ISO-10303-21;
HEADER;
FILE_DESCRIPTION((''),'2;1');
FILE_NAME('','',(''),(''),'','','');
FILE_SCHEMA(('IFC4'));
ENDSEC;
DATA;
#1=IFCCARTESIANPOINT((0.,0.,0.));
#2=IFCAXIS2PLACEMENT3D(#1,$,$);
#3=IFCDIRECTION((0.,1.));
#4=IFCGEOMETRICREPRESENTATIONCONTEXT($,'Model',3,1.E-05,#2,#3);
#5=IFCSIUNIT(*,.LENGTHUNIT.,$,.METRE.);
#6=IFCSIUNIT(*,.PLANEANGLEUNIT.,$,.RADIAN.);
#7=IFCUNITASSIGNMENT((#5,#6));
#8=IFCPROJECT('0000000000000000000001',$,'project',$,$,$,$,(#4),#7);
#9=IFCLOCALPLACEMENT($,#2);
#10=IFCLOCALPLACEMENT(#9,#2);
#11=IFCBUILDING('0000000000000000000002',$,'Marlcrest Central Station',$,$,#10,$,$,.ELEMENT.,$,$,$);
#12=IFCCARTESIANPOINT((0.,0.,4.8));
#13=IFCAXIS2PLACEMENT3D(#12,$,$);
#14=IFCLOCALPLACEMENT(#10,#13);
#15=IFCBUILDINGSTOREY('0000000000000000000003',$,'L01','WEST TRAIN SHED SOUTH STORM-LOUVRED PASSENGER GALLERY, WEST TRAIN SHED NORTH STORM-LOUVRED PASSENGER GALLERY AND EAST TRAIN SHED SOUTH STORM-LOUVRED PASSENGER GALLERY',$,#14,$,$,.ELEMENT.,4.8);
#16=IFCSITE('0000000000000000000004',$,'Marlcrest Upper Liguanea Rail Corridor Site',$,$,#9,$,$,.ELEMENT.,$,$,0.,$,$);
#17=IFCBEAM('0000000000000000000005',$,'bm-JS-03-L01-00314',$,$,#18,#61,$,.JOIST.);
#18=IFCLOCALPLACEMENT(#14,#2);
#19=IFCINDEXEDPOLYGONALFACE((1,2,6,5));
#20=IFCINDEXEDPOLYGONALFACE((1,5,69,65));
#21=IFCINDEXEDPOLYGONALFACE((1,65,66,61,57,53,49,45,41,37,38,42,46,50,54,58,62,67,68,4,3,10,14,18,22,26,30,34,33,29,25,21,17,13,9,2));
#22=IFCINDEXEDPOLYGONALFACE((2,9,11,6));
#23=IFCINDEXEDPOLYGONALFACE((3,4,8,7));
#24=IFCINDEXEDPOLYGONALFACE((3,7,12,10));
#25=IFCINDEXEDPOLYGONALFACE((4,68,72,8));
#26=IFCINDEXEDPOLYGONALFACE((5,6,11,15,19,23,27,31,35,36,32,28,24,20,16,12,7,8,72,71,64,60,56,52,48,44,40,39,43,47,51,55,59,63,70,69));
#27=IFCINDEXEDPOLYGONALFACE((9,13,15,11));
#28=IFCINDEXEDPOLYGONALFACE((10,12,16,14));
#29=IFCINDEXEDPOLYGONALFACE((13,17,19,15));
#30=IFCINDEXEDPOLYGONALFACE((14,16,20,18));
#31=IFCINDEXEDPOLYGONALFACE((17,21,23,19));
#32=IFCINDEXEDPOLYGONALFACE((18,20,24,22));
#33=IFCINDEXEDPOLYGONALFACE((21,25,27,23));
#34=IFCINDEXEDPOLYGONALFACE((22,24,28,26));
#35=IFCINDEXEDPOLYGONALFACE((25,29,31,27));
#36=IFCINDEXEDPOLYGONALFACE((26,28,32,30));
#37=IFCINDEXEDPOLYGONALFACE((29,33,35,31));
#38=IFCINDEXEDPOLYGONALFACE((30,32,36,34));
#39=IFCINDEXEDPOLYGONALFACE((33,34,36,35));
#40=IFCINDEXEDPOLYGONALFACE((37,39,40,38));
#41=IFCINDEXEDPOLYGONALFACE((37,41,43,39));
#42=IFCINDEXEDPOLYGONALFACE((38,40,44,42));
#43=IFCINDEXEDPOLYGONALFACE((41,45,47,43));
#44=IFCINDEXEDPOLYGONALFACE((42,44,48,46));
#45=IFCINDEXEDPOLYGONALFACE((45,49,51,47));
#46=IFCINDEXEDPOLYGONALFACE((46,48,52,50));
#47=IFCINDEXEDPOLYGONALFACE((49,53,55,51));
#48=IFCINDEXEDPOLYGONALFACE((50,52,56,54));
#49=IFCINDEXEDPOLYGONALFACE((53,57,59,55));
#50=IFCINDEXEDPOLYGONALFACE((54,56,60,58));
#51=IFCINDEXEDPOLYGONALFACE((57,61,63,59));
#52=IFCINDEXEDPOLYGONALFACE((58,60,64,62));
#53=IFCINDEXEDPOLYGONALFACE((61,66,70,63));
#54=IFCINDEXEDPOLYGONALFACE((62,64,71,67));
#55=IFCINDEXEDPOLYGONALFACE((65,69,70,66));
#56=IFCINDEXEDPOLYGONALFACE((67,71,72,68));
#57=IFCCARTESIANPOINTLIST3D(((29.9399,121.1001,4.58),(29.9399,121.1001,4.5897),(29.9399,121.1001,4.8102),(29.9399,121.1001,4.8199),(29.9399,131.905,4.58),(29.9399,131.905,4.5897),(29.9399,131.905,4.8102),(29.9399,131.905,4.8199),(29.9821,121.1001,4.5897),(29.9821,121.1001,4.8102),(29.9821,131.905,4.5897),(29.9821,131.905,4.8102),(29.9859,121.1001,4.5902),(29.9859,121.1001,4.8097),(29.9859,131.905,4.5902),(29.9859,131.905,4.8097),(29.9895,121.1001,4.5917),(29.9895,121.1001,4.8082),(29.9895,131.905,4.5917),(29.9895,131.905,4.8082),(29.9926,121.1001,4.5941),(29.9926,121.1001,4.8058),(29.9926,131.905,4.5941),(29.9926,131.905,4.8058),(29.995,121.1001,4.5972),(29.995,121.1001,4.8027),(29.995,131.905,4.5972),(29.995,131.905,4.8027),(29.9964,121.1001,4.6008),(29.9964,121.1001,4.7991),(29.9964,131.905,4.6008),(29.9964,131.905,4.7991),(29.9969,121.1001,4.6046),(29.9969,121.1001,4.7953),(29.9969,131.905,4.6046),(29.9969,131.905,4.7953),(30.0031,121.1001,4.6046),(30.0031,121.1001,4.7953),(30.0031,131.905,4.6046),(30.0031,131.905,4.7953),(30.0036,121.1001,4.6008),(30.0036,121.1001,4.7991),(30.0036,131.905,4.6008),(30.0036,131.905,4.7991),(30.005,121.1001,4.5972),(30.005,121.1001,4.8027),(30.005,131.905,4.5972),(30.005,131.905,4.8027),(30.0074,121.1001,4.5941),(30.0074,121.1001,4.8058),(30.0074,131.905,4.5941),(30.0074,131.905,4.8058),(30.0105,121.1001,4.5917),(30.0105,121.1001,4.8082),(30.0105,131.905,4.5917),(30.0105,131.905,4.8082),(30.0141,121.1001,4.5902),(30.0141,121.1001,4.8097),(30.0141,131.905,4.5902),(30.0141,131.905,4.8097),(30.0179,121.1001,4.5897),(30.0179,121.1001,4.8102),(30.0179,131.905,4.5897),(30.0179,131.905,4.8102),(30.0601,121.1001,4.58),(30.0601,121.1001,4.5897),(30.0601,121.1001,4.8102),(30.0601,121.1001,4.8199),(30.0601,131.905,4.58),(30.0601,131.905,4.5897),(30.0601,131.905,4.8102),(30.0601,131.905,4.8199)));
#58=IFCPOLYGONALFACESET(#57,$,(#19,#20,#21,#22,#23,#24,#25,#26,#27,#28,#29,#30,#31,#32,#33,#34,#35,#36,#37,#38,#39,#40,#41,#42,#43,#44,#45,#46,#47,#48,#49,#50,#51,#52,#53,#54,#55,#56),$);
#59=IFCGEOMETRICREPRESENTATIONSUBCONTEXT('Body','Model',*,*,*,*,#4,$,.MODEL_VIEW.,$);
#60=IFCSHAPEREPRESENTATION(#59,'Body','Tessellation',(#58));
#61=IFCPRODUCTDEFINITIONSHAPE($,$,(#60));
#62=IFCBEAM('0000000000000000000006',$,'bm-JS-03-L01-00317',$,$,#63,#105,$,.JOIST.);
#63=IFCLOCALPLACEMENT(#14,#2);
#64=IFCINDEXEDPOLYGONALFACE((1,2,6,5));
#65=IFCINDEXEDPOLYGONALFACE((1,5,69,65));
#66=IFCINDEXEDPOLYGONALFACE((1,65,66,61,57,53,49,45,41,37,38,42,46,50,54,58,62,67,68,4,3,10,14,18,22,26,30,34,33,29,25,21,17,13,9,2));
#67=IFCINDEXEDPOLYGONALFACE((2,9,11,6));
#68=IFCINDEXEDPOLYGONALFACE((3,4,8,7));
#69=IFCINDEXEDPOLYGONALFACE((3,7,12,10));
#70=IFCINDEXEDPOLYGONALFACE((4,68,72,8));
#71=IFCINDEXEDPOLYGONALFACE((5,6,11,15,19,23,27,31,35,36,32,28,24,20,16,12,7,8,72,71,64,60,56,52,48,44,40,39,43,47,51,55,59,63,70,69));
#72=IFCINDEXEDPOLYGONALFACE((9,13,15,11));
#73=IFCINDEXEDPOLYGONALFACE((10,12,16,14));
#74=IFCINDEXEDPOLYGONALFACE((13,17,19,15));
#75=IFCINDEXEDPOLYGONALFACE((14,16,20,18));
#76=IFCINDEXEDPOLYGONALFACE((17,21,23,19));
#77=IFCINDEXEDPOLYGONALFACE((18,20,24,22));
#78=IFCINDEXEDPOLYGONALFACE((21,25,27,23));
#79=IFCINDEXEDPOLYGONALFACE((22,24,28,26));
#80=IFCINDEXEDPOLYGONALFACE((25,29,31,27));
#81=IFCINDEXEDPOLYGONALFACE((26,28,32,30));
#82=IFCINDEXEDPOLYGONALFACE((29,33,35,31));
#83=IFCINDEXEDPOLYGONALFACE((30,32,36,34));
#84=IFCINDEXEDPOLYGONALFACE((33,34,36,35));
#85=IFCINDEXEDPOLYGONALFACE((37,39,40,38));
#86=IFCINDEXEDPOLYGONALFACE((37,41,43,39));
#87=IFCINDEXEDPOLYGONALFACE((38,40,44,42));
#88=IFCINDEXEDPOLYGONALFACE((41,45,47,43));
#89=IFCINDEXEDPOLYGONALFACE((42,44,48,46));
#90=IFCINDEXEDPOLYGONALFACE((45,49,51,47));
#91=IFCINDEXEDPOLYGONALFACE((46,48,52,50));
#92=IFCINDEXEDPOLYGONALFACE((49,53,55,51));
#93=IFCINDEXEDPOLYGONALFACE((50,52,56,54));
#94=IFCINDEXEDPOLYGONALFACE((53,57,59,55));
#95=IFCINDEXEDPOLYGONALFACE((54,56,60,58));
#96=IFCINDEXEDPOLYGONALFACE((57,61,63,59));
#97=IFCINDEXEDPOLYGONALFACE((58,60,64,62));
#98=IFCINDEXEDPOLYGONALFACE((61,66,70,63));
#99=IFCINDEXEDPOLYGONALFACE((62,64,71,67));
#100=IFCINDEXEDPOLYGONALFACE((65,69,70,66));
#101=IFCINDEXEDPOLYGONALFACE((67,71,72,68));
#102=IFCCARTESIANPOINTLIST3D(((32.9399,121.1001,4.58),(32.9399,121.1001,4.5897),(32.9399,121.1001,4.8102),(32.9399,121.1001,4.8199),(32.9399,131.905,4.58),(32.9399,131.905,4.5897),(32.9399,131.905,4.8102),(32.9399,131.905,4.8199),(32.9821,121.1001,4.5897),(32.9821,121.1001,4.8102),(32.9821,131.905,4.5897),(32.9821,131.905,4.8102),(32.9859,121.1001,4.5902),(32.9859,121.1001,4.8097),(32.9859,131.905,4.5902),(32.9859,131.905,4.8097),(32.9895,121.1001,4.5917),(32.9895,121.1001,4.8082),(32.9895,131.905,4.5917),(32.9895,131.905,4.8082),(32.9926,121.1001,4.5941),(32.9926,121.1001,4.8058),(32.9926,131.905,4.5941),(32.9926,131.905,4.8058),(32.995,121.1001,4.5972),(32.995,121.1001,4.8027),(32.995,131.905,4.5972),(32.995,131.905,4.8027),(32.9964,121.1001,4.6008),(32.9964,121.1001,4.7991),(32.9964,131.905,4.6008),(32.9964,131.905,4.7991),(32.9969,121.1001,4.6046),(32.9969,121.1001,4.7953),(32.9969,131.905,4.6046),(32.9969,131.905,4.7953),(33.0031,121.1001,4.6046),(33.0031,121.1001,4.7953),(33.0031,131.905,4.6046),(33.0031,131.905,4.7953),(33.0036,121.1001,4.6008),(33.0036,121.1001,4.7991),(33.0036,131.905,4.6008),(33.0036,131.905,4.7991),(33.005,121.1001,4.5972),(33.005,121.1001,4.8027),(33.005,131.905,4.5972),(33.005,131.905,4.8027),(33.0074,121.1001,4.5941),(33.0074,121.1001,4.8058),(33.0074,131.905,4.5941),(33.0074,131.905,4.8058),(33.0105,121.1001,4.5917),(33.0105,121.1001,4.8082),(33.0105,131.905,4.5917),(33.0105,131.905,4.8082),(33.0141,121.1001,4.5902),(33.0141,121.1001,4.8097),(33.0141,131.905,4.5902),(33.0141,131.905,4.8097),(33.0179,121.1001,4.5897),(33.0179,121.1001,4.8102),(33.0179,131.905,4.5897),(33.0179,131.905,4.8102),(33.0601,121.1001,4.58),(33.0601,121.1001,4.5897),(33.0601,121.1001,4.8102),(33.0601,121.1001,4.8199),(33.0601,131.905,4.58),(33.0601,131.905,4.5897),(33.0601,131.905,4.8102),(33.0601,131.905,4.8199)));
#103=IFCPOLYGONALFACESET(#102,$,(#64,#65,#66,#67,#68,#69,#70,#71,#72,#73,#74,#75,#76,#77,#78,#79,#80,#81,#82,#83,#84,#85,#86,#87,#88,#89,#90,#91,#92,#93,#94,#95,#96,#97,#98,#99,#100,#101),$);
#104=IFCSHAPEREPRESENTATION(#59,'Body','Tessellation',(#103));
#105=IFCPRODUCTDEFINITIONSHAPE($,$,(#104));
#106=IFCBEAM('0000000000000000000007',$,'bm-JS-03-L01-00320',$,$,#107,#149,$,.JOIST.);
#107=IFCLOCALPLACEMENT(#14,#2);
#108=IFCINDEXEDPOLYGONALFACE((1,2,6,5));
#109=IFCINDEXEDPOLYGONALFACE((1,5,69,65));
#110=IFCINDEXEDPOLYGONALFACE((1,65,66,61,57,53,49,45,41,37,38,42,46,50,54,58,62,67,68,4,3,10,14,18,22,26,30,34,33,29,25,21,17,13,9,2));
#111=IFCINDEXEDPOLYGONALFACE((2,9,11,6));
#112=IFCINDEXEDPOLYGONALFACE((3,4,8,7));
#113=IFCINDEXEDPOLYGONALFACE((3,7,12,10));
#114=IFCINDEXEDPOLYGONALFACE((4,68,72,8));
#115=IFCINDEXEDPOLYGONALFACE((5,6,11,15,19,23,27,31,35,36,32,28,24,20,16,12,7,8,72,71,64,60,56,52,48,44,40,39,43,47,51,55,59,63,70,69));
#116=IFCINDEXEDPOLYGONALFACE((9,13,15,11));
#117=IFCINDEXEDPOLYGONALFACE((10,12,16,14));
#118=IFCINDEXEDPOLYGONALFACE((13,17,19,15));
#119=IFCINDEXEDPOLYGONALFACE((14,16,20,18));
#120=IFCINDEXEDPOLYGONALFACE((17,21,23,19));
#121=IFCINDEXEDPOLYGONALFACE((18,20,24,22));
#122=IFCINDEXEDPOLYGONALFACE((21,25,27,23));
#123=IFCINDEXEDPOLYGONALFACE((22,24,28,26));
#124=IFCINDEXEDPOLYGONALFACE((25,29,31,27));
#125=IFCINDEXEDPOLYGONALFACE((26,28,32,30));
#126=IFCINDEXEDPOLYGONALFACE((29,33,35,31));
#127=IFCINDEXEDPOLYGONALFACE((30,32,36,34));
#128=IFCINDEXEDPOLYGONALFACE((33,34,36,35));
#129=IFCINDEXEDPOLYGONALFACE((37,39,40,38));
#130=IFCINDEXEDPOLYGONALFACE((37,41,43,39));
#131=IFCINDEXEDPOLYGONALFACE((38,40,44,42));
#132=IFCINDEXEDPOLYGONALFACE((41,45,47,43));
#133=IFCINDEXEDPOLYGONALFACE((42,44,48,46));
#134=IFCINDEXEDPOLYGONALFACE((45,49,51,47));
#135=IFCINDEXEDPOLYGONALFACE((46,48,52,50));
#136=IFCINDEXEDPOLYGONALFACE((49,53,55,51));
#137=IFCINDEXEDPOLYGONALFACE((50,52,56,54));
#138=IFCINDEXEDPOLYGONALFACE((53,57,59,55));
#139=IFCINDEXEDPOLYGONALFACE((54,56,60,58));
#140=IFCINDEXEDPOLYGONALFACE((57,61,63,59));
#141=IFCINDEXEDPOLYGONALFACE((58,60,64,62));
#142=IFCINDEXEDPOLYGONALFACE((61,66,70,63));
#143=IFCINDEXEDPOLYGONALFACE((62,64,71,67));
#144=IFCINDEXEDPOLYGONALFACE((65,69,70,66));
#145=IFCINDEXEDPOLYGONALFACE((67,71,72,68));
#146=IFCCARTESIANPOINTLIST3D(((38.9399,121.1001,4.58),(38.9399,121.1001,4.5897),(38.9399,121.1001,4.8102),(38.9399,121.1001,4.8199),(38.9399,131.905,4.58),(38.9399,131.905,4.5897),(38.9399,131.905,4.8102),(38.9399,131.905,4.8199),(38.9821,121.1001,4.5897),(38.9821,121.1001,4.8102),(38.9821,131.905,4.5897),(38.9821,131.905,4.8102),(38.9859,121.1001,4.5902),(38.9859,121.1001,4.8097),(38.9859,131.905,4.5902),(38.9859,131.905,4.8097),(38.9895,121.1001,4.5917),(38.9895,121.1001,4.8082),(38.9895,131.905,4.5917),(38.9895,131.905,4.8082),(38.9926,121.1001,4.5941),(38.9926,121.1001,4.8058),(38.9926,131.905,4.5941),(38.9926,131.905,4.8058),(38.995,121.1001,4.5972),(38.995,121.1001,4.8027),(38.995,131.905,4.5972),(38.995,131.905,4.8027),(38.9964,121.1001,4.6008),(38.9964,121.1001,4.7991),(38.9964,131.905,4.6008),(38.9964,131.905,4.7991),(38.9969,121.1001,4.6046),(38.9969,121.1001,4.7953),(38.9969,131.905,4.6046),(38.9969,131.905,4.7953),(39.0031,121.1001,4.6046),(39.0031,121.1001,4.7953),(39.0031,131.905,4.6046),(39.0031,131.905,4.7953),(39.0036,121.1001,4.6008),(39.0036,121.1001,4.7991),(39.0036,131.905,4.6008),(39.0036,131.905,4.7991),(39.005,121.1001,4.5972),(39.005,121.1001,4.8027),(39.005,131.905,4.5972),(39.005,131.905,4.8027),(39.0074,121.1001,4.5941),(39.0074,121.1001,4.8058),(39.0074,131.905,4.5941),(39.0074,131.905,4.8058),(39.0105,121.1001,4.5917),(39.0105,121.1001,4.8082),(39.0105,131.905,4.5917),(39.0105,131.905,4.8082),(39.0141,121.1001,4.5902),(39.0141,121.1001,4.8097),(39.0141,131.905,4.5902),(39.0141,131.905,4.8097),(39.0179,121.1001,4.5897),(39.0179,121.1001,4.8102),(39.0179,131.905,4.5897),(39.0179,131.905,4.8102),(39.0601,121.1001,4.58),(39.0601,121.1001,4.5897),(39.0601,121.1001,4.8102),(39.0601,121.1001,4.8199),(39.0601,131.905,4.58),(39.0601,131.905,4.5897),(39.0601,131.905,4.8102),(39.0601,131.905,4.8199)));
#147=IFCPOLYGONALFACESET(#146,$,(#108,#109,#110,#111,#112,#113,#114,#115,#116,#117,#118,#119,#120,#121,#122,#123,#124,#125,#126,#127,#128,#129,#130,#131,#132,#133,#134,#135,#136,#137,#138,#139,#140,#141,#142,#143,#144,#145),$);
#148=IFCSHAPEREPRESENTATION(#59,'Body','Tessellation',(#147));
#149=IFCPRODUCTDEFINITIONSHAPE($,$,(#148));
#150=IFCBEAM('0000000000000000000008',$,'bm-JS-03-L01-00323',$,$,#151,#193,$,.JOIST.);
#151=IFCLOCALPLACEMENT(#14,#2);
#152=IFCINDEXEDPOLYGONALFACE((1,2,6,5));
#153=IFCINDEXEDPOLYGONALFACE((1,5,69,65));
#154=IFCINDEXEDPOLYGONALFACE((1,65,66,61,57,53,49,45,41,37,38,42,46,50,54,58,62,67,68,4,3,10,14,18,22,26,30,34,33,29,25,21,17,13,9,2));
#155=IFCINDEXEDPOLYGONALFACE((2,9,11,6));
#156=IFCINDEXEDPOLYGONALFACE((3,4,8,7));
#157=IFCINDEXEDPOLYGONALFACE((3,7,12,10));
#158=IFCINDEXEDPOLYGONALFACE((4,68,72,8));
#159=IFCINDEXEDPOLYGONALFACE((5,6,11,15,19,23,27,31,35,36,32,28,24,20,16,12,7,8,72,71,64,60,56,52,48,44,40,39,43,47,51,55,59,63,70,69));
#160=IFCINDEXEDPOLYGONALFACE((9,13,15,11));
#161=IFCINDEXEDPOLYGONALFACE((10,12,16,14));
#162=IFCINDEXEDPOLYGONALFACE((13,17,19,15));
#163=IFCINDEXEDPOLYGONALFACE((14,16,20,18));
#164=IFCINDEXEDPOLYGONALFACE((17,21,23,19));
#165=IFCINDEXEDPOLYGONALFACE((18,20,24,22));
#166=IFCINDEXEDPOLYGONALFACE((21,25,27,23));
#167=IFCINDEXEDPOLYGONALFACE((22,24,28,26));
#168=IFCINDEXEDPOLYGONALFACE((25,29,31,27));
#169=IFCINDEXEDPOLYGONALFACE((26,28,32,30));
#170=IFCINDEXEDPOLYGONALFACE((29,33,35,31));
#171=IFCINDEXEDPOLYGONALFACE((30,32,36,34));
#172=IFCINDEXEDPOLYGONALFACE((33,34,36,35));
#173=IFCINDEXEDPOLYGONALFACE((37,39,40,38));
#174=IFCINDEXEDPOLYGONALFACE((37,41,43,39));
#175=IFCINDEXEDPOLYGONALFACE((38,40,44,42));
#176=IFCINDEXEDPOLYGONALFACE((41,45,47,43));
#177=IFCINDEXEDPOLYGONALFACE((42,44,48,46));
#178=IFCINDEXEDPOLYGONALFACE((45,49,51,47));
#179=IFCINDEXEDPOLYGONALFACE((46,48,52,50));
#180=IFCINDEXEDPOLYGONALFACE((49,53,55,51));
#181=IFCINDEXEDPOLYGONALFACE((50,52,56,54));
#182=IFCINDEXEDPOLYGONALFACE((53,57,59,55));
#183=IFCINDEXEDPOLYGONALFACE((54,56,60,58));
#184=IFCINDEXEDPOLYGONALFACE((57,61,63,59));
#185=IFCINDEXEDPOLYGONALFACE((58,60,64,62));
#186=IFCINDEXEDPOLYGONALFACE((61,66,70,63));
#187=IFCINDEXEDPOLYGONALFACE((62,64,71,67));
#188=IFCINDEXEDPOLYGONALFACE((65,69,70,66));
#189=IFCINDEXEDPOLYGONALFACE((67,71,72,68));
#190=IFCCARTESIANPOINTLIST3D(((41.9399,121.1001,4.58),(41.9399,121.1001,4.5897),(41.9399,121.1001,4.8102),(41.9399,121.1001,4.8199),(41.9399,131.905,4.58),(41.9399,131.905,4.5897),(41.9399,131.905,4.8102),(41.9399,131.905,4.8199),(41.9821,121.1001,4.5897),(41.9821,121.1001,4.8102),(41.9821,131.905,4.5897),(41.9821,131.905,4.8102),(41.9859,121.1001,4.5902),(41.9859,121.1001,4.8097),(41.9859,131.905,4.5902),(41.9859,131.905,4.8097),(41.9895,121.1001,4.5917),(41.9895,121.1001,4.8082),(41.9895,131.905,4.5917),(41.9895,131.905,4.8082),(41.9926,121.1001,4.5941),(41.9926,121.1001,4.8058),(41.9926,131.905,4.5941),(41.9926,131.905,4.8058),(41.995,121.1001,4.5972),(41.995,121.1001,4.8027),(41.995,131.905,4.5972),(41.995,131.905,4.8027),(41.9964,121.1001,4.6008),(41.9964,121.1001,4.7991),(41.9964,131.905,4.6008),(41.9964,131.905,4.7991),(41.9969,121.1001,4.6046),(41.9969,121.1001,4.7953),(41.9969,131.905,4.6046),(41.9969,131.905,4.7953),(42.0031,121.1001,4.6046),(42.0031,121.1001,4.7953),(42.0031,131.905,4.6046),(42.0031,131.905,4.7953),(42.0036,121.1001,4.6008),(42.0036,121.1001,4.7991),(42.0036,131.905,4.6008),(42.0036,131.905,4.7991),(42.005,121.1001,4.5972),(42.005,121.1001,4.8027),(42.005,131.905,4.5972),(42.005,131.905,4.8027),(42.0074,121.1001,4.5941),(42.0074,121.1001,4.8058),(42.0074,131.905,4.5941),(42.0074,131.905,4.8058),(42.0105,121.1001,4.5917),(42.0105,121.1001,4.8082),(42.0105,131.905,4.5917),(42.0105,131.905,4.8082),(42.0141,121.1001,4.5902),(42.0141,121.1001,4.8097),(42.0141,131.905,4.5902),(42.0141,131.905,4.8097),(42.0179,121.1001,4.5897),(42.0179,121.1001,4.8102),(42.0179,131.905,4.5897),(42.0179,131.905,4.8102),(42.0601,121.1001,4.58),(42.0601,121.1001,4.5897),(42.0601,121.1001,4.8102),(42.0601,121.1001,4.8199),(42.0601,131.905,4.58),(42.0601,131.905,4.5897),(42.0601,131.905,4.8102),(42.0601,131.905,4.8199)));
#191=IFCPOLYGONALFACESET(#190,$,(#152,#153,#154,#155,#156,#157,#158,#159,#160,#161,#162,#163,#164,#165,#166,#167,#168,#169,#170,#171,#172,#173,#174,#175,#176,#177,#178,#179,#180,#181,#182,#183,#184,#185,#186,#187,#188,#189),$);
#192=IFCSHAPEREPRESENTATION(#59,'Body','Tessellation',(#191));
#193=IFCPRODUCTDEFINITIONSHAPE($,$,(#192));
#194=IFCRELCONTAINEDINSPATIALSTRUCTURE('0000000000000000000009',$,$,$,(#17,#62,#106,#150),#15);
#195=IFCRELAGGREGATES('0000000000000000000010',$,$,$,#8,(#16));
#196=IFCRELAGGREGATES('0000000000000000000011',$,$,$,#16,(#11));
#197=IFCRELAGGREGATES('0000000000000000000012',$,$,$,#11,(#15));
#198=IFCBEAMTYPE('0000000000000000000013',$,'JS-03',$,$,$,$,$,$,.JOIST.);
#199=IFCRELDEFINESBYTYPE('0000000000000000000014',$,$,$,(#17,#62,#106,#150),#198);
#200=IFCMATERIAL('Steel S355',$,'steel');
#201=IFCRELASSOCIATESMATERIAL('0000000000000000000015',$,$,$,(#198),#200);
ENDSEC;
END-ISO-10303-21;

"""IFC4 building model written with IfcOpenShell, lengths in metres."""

from ifc_helpers import new_model, si_unit, direction, frame, origin, origin_2d, place, context, subcontext, project, spatial, i_section, extrude, material, material_profile, profile_set, type_object, element, save


model = new_model("IFC4")

# Units and contexts
model_context = context("Model", 3, precision=1e-05, world=origin(), true_north=direction((0.0, 1.0)))
body_context = subcontext(model_context, "Body", "Model", "MODEL_VIEW")
ifc_project = project(units=[si_unit("LENGTHUNIT", "METRE"), si_unit("PLANEANGLEUNIT", "RADIAN")], contexts=[model_context])

# Site, building, storey
site_placement = place(None, origin())
site = spatial("IfcSite", under=ifc_project, at=site_placement, Name="Marlcrest Upper Liguanea Rail Corridor Site", CompositionType="ELEMENT", RefElevation=0.0)
building_placement = place(site_placement, origin())
building = spatial("IfcBuilding", under=site, at=building_placement, Name="Marlcrest Central Station", CompositionType="ELEMENT")
storey_placement = place(building_placement, frame((0.0, 0.0, 4.8)))
storey = spatial("IfcBuildingStorey", under=building, at=storey_placement, Name="L01", Description="WEST TRAIN SHED SOUTH STORM-LOUVRED PASSENGER GALLERY, WEST TRAIN SHED NORTH STORM-LOUVRED PASSENGER GALLERY AND EAST TRAIN SHED SOUTH STORM-LOUVRED PASSENGER GALLERY", CompositionType="ELEMENT", Elevation=4.8)

# Shared definitions
ifc_material_1 = material(Name="Steel S355", Category="steel")

# Beams
ifc_material_profile_1 = material_profile(ifc_material_1, i_section(OverallWidth=0.1201, OverallDepth=0.24, WebThickness=0.0061, FlangeThickness=0.0098, FilletRadius=0.0149, at=origin_2d()), Name="IPE 240")
ifc_profile_set_1 = profile_set([ifc_material_profile_1], Name="Steel S355")
beam_type_1 = type_object("IfcBeamType", Name="JS-03", PredefinedType="JOIST", material=ifc_profile_set_1)
for number, where, z_axis, x_axis, name in (
    (1, (30.0, 121.1001, 4.7), (0.0, 1.0, 0.0), (-1.0, 0.0, 0.0), "bm-JS-03-L01-00314"),
    (2, (33.0, 121.1001, 4.7), (0.0, 1.0, 0.0), (-1.0, 0.0, 0.0), "bm-JS-03-L01-00317"),
    (3, (39.0, 121.1001, 4.7), (0.0, 1.0, 0.0), (-1.0, 0.0, 0.0), "bm-JS-03-L01-00320"),
    (4, (42.0, 121.1001, 4.7), (0.0, 1.0, 0.0), (-1.0, 0.0, 0.0), "bm-JS-03-L01-00323"),
):
    element("IfcBeam", number, at=place(storey_placement, frame(where, z_axis=z_axis, x_axis=x_axis)), inside=storey, type_object=beam_type_1, Name=name, PredefinedType="JOIST", context=body_context, shape_type="SweptSolid", body=[
        extrude(i_section(OverallWidth=0.1201, OverallDepth=0.24, WebThickness=0.0061, FlangeThickness=0.0098, FilletRadius=0.0149, at=origin_2d()), origin(), (0.0, 0.0, 1.0), 10.8049),
    ])

save(model, "model.ifc")
